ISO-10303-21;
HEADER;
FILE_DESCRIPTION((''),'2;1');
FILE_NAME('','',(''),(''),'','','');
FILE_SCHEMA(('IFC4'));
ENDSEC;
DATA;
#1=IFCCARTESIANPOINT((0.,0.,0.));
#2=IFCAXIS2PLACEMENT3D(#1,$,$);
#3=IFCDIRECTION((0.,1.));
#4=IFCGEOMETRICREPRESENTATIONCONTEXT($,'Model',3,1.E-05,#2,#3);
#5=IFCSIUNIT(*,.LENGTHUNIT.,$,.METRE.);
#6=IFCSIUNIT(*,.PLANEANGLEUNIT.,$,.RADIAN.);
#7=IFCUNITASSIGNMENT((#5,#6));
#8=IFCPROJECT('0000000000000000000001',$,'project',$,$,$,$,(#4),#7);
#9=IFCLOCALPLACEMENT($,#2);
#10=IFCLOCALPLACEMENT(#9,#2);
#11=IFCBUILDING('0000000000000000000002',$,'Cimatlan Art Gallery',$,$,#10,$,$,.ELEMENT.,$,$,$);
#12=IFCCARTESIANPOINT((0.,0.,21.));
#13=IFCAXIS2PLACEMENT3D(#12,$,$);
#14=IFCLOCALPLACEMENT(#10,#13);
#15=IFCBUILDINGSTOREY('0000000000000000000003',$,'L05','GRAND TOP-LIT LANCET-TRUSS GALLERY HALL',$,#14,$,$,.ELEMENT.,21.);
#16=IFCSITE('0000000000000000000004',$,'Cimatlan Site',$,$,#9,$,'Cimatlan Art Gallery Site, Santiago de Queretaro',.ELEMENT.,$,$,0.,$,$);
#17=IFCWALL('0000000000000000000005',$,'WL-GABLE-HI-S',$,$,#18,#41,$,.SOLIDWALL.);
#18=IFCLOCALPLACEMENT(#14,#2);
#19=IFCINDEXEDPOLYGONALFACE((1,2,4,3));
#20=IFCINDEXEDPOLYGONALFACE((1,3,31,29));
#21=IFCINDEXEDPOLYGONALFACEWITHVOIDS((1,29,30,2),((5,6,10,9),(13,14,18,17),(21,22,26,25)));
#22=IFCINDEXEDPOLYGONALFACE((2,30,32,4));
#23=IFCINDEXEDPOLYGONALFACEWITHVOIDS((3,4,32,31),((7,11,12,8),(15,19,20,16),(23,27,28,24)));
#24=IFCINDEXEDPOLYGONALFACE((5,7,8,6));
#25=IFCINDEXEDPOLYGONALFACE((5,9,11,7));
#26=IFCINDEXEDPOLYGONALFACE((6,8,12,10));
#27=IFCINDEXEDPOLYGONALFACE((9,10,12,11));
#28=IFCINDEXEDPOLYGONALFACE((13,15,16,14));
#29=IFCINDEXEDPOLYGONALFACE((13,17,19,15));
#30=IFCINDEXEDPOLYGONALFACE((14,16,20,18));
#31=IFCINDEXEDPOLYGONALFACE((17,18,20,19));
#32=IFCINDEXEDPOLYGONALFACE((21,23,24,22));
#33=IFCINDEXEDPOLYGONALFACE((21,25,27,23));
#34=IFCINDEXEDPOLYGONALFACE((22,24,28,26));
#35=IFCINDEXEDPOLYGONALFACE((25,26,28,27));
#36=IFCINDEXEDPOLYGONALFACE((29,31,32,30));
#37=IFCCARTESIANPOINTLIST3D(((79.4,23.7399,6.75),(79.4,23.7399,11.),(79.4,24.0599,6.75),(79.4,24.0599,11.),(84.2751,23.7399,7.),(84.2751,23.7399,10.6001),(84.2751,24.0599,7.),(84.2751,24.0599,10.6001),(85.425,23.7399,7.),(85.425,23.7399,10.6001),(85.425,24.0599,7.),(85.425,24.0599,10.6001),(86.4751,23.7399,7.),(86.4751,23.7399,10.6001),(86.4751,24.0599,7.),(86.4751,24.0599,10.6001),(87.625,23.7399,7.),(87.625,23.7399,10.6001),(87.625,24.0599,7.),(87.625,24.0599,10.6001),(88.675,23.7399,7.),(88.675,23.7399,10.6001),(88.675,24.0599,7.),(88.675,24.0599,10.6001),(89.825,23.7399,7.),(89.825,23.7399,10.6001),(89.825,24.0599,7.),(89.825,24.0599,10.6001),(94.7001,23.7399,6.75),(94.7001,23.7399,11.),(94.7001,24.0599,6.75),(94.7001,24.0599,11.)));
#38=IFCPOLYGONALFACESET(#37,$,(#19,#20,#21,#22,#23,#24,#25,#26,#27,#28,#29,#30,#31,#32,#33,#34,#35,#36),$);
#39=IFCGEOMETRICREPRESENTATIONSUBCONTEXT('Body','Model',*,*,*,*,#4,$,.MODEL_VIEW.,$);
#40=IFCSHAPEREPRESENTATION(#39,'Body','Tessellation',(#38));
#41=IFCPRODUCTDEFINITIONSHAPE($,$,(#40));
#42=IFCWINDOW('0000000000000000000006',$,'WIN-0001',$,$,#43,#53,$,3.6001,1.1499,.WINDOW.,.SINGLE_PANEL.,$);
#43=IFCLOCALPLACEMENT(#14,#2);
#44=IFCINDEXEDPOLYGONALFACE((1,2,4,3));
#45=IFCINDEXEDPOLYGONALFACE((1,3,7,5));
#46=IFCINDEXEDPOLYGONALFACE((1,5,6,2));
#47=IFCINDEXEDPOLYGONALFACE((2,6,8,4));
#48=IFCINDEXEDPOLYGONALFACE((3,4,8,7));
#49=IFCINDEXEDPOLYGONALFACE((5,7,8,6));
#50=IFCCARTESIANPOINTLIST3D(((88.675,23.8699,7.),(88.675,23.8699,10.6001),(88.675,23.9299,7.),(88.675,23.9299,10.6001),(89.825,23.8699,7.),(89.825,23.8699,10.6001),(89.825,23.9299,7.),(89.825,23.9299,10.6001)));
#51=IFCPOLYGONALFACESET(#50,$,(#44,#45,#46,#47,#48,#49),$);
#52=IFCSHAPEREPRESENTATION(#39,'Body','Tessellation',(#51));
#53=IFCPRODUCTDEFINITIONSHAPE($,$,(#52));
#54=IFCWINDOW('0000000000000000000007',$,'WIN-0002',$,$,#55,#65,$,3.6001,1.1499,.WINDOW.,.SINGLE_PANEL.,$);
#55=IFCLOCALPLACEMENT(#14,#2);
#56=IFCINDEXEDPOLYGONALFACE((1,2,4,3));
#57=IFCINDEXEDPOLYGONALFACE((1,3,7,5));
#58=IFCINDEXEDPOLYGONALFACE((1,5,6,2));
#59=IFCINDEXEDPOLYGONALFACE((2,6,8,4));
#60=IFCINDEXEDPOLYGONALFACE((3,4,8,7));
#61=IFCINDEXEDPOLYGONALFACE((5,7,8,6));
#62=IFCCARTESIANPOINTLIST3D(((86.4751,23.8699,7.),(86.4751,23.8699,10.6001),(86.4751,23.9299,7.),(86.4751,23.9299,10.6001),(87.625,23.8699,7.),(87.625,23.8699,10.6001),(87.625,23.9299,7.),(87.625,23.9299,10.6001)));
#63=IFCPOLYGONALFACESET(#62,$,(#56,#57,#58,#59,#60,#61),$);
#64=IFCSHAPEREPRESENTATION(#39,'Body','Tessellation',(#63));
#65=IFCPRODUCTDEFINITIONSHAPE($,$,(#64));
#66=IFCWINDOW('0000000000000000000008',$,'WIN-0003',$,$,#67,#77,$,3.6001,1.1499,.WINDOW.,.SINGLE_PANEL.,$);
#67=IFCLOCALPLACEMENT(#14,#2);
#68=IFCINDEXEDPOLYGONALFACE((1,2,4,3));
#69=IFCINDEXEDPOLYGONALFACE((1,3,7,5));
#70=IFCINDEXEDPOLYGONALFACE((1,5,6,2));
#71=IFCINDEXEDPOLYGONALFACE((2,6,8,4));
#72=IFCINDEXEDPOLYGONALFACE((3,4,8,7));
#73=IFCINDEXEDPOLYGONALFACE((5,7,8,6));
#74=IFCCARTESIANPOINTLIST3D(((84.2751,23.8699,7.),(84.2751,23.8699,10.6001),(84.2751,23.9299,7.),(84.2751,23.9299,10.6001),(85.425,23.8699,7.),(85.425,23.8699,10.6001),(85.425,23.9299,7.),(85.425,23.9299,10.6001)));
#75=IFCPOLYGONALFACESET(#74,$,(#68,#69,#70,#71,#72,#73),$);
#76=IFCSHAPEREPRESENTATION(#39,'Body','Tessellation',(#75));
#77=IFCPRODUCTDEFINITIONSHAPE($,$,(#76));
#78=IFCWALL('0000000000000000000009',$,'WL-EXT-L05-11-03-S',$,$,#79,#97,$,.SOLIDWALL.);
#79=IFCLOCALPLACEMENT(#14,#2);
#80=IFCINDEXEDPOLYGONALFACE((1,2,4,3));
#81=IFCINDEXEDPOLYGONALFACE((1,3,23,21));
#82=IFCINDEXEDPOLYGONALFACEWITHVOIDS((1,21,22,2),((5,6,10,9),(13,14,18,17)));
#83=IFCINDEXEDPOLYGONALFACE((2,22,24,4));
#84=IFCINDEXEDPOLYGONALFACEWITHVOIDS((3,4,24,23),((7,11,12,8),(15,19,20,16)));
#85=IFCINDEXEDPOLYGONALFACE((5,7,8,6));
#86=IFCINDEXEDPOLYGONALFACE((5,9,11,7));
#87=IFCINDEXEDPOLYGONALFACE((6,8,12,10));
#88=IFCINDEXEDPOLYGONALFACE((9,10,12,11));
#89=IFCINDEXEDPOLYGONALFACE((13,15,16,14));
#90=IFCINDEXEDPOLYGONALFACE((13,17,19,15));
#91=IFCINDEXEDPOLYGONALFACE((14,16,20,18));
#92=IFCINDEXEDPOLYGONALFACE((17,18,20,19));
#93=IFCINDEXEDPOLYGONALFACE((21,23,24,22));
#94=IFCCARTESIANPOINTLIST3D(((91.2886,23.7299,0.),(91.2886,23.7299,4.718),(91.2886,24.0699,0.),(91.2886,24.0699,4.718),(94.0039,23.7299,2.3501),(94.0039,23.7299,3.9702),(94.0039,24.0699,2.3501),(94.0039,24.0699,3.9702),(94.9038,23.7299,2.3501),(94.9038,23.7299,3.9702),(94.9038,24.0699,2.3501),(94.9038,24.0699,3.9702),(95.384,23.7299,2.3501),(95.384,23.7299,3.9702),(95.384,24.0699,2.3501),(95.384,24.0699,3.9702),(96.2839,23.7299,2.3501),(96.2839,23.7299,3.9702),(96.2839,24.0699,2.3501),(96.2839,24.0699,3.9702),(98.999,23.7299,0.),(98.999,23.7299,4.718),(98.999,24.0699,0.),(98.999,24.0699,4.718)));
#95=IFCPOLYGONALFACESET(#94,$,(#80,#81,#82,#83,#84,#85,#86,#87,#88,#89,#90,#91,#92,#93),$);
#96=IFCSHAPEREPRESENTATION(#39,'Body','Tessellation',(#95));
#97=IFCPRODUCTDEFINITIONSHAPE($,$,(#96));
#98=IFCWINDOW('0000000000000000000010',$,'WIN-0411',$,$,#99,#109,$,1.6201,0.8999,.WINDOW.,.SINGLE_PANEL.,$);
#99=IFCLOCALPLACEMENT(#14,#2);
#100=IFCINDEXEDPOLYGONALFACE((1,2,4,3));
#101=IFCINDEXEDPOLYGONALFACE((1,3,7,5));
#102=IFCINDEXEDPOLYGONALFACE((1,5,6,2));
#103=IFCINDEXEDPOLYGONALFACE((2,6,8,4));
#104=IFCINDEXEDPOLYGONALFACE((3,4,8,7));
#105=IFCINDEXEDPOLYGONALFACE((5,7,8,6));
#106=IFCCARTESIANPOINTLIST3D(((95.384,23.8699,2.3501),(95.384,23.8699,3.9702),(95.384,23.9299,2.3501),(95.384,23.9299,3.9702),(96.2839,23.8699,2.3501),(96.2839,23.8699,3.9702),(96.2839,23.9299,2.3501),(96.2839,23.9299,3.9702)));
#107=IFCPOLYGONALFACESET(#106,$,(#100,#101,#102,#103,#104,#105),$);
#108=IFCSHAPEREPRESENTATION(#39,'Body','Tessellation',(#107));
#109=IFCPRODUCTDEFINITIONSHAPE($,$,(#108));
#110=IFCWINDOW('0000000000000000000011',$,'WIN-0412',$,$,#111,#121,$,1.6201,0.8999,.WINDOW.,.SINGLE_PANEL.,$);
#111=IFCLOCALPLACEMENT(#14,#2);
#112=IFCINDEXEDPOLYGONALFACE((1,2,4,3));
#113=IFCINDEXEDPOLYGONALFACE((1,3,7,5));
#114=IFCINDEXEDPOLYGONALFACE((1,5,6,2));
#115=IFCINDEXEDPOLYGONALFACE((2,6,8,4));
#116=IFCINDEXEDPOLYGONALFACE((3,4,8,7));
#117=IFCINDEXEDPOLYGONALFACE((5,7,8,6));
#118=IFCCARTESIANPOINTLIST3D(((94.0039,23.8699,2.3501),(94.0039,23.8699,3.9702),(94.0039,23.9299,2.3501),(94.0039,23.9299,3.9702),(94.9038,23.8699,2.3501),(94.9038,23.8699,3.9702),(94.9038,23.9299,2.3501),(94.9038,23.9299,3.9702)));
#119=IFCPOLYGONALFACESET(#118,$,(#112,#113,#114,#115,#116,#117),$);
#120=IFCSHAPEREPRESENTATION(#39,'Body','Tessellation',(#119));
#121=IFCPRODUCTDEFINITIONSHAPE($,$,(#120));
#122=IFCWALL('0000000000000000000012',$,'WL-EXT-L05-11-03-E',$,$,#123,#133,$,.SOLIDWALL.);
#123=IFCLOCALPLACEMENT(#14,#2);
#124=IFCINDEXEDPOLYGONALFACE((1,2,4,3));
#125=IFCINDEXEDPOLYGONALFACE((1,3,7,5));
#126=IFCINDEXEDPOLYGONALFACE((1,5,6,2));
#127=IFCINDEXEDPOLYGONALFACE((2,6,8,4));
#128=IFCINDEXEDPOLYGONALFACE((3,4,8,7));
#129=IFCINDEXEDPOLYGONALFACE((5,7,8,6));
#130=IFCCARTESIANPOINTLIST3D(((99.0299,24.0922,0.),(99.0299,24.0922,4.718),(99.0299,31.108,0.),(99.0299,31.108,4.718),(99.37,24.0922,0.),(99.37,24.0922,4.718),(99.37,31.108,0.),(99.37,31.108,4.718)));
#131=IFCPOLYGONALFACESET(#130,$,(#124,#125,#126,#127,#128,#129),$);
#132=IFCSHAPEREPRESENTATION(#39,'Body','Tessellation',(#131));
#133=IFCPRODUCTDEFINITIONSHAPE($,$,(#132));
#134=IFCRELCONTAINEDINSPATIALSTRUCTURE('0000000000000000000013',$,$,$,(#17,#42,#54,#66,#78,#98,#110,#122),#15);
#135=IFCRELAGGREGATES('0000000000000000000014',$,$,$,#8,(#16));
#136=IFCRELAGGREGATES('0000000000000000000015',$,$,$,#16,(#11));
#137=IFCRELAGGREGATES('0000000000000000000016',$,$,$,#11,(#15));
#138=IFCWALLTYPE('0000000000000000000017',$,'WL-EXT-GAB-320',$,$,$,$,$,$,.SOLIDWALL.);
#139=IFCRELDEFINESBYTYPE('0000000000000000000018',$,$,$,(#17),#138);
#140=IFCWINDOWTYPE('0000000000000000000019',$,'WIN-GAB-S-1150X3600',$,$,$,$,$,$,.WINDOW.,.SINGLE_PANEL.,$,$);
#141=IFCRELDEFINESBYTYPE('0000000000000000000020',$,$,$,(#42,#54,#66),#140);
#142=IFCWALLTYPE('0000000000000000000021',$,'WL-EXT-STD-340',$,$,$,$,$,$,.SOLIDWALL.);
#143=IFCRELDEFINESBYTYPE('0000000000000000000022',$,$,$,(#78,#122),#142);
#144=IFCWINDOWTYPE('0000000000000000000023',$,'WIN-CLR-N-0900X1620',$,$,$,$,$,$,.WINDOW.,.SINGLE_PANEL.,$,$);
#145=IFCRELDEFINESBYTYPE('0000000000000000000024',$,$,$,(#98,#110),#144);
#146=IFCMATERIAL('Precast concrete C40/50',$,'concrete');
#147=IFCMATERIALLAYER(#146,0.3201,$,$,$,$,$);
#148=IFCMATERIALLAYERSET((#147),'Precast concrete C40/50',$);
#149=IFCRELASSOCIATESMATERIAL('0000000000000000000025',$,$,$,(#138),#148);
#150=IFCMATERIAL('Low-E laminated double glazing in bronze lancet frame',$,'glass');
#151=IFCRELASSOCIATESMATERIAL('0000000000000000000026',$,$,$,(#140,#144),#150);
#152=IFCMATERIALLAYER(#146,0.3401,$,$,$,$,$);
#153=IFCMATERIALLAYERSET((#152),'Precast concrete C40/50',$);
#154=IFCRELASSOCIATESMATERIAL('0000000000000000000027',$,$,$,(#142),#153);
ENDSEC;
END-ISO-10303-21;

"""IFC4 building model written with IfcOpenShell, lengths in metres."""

from ifc_helpers import new_model, si_unit, direction, frame, frame_2d, origin, place, context, subcontext, project, spatial, rectangle, extrude, material, layer, layer_set, type_object, element, fill, save


model = new_model("IFC4")

# Units and contexts
model_context = context("Model", 3, precision=1e-05, world=origin(), true_north=direction((0.0, 1.0)))
body_context = subcontext(model_context, "Body", "Model", "MODEL_VIEW")
ifc_project = project(units=[si_unit("LENGTHUNIT", "METRE"), si_unit("PLANEANGLEUNIT", "RADIAN")], contexts=[model_context])

# Site, building, storey
site_placement = place(None, origin())
site = spatial("IfcSite", under=ifc_project, at=site_placement, Name="Cimatlan Site", LongName="Cimatlan Art Gallery Site, Santiago de Queretaro", CompositionType="ELEMENT", RefElevation=0.0)
building_placement = place(site_placement, origin())
building = spatial("IfcBuilding", under=site, at=building_placement, Name="Cimatlan Art Gallery", CompositionType="ELEMENT")
storey_placement = place(building_placement, frame((0.0, 0.0, 21.0)))
storey = spatial("IfcBuildingStorey", under=building, at=storey_placement, Name="L05", Description="GRAND TOP-LIT LANCET-TRUSS GALLERY HALL", CompositionType="ELEMENT", Elevation=21.0)

# Shared definitions
ifc_material_1 = material(Name="Precast concrete C40/50", Category="concrete")
ifc_layer_1 = layer(ifc_material_1, 0.3201)
ifc_layer_set_1 = layer_set([ifc_layer_1], Name="Precast concrete C40/50")
wall_type_1 = type_object("IfcWallType", Name="WL-EXT-GAB-320", PredefinedType="SOLIDWALL", material=ifc_layer_set_1)

# Walls, openings, windows
wall_1_placement = place(storey_placement, frame((94.7, 23.8999, 6.75), z_axis=(0.0, 0.0, 1.0), x_axis=(-1.0, 0.0, 0.0)))
wall_1 = element("IfcWall", 1, at=wall_1_placement, inside=storey, type_object=wall_type_1, Name="WL-GABLE-HI-S", PredefinedType="SOLIDWALL", context=body_context, shape_type="SweptSolid", body=[
    extrude(rectangle(XDim=15.3, YDim=0.3201, at=frame_2d((7.6499, 0.0))), origin(), (0.0, 0.0, 1.0), 4.25),
])
opening_1_placement = place(wall_1_placement, frame((4.875, 0.0, 0.25)))
opening_1 = element("IfcOpeningElement", 2, at=opening_1_placement, cuts=wall_1, PredefinedType="OPENING", context=body_context, shape_type="SweptSolid", body=[
    extrude(rectangle(XDim=1.1499, YDim=3.6001, at=frame_2d((0.575, 1.8))), frame((0.0, 0.1699, 0.0), z_axis=(0.0, -1.0, 0.0), x_axis=(1.0, 0.0, 0.0)), (0.0, 0.0, 1.0), 0.3401),
])
opening_2_placement = place(wall_1_placement, frame((7.075, 0.0, 0.25)))
opening_2 = element("IfcOpeningElement", 3, at=opening_2_placement, cuts=wall_1, PredefinedType="OPENING", context=body_context, shape_type="SweptSolid", body=[
    extrude(rectangle(XDim=1.1499, YDim=3.6001, at=frame_2d((0.575, 1.8))), frame((0.0, 0.1699, 0.0), z_axis=(0.0, -1.0, 0.0), x_axis=(1.0, 0.0, 0.0)), (0.0, 0.0, 1.0), 0.3401),
])
opening_3_placement = place(wall_1_placement, frame((9.2749, 0.0, 0.25)))
opening_3 = element("IfcOpeningElement", 4, at=opening_3_placement, cuts=wall_1, PredefinedType="OPENING", context=body_context, shape_type="SweptSolid", body=[
    extrude(rectangle(XDim=1.1499, YDim=3.6001, at=frame_2d((0.575, 1.8))), frame((0.0, 0.1699, 0.0), z_axis=(0.0, -1.0, 0.0), x_axis=(1.0, 0.0, 0.0)), (0.0, 0.0, 1.0), 0.3401),
])
ifc_material_2 = material(Name="Low-E laminated double glazing in bronze lancet frame", Category="glass")
window_type_1 = type_object("IfcWindowType", Name="WIN-GAB-S-1150X3600", PartitioningType="SINGLE_PANEL", PredefinedType="WINDOW", material=ifc_material_2)
window_1_placement = place(opening_1_placement, origin())
window_1 = element("IfcWindow", 5, at=window_1_placement, inside=storey, type_object=window_type_1, Name="WIN-0001", OverallHeight=3.6001, OverallWidth=1.1499, PartitioningType="SINGLE_PANEL", PredefinedType="WINDOW", context=body_context, shape_type="SweptSolid", body=[
    extrude(rectangle(XDim=1.1499, YDim=3.6001, at=frame_2d((0.575, 1.8))), frame((0.0, 0.03, 0.0), z_axis=(0.0, -1.0, 0.0), x_axis=(1.0, 0.0, 0.0)), (0.0, 0.0, 1.0), 0.0601),
])
fill(opening_1, window_1)
window_2_placement = place(opening_2_placement, origin())
window_2 = element("IfcWindow", 6, at=window_2_placement, inside=storey, type_object=window_type_1, Name="WIN-0002", OverallHeight=3.6001, OverallWidth=1.1499, PartitioningType="SINGLE_PANEL", PredefinedType="WINDOW", context=body_context, shape_type="SweptSolid", body=[
    extrude(rectangle(XDim=1.1499, YDim=3.6001, at=frame_2d((0.575, 1.8))), frame((0.0, 0.03, 0.0), z_axis=(0.0, -1.0, 0.0), x_axis=(1.0, 0.0, 0.0)), (0.0, 0.0, 1.0), 0.0601),
])
fill(opening_2, window_2)
window_3_placement = place(opening_3_placement, origin())
window_3 = element("IfcWindow", 7, at=window_3_placement, inside=storey, type_object=window_type_1, Name="WIN-0003", OverallHeight=3.6001, OverallWidth=1.1499, PartitioningType="SINGLE_PANEL", PredefinedType="WINDOW", context=body_context, shape_type="SweptSolid", body=[
    extrude(rectangle(XDim=1.1499, YDim=3.6001, at=frame_2d((0.575, 1.8))), frame((0.0, 0.03, 0.0), z_axis=(0.0, -1.0, 0.0), x_axis=(1.0, 0.0, 0.0)), (0.0, 0.0, 1.0), 0.0601),
])
fill(opening_3, window_3)
ifc_layer_2 = layer(ifc_material_1, 0.3401)
ifc_layer_set_2 = layer_set([ifc_layer_2], Name="Precast concrete C40/50")
wall_type_2 = type_object("IfcWallType", Name="WL-EXT-STD-340", PredefinedType="SOLIDWALL", material=ifc_layer_set_2)
wall_2_placement = place(storey_placement, frame((98.999, 23.8999, 0.0), z_axis=(0.0, 0.0, 1.0), x_axis=(-1.0, 0.0, 0.0)))
wall_2 = element("IfcWall", 8, at=wall_2_placement, inside=storey, type_object=wall_type_2, Name="WL-EXT-L05-11-03-S", PredefinedType="SOLIDWALL", context=body_context, shape_type="SweptSolid", body=[
    extrude(rectangle(XDim=7.7104, YDim=0.3401, at=frame_2d((3.8552, 0.0))), origin(), (0.0, 0.0, 1.0), 4.718),
])
opening_4_placement = place(wall_2_placement, frame((2.7151, 0.0, 2.3501)))
opening_4 = element("IfcOpeningElement", 9, at=opening_4_placement, cuts=wall_2, PredefinedType="OPENING", context=body_context, shape_type="SweptSolid", body=[
    extrude(rectangle(XDim=0.8999, YDim=1.6201, at=frame_2d((0.45, 0.8101))), frame((0.0, 0.1802, 0.0), z_axis=(0.0, -1.0, 0.0), x_axis=(1.0, 0.0, 0.0)), (0.0, 0.0, 1.0), 0.3601),
])
opening_5_placement = place(wall_2_placement, frame((4.0952, 0.0, 2.3501)))
opening_5 = element("IfcOpeningElement", 10, at=opening_5_placement, cuts=wall_2, PredefinedType="OPENING", context=body_context, shape_type="SweptSolid", body=[
    extrude(rectangle(XDim=0.8999, YDim=1.6201, at=frame_2d((0.45, 0.8101))), frame((0.0, 0.1802, 0.0), z_axis=(0.0, -1.0, 0.0), x_axis=(1.0, 0.0, 0.0)), (0.0, 0.0, 1.0), 0.3601),
])
window_type_2 = type_object("IfcWindowType", Name="WIN-CLR-N-0900X1620", PartitioningType="SINGLE_PANEL", PredefinedType="WINDOW", material=ifc_material_2)
window_4_placement = place(opening_4_placement, origin())
window_4 = element("IfcWindow", 11, at=window_4_placement, inside=storey, type_object=window_type_2, Name="WIN-0411", OverallHeight=1.6201, OverallWidth=0.8999, PartitioningType="SINGLE_PANEL", PredefinedType="WINDOW", context=body_context, shape_type="SweptSolid", body=[
    extrude(rectangle(XDim=0.8999, YDim=1.6201, at=frame_2d((0.45, 0.8101))), frame((0.0, 0.03, 0.0), z_axis=(0.0, -1.0, 0.0), x_axis=(1.0, 0.0, 0.0)), (0.0, 0.0, 1.0), 0.0601),
])
fill(opening_4, window_4)
window_5_placement = place(opening_5_placement, origin())
window_5 = element("IfcWindow", 12, at=window_5_placement, inside=storey, type_object=window_type_2, Name="WIN-0412", OverallHeight=1.6201, OverallWidth=0.8999, PartitioningType="SINGLE_PANEL", PredefinedType="WINDOW", context=body_context, shape_type="SweptSolid", body=[
    extrude(rectangle(XDim=0.8999, YDim=1.6201, at=frame_2d((0.45, 0.8101))), frame((0.0, 0.03, 0.0), z_axis=(0.0, -1.0, 0.0), x_axis=(1.0, 0.0, 0.0)), (0.0, 0.0, 1.0), 0.0601),
])
fill(opening_5, window_5)

# Wall
wall_3_placement = place(storey_placement, frame((99.2, 31.1079, 0.0), z_axis=(0.0, 0.0, 1.0), x_axis=(0.0, -1.0, 0.0)))
element("IfcWall", 13, at=wall_3_placement, inside=storey, type_object=wall_type_2, Name="WL-EXT-L05-11-03-E", PredefinedType="SOLIDWALL", context=body_context, shape_type="SweptSolid", body=[
    extrude(rectangle(XDim=7.0159, YDim=0.3401, at=frame_2d((3.5078, 0.0))), origin(), (0.0, 0.0, 1.0), 4.718),
])

save(model, "model.ifc")
